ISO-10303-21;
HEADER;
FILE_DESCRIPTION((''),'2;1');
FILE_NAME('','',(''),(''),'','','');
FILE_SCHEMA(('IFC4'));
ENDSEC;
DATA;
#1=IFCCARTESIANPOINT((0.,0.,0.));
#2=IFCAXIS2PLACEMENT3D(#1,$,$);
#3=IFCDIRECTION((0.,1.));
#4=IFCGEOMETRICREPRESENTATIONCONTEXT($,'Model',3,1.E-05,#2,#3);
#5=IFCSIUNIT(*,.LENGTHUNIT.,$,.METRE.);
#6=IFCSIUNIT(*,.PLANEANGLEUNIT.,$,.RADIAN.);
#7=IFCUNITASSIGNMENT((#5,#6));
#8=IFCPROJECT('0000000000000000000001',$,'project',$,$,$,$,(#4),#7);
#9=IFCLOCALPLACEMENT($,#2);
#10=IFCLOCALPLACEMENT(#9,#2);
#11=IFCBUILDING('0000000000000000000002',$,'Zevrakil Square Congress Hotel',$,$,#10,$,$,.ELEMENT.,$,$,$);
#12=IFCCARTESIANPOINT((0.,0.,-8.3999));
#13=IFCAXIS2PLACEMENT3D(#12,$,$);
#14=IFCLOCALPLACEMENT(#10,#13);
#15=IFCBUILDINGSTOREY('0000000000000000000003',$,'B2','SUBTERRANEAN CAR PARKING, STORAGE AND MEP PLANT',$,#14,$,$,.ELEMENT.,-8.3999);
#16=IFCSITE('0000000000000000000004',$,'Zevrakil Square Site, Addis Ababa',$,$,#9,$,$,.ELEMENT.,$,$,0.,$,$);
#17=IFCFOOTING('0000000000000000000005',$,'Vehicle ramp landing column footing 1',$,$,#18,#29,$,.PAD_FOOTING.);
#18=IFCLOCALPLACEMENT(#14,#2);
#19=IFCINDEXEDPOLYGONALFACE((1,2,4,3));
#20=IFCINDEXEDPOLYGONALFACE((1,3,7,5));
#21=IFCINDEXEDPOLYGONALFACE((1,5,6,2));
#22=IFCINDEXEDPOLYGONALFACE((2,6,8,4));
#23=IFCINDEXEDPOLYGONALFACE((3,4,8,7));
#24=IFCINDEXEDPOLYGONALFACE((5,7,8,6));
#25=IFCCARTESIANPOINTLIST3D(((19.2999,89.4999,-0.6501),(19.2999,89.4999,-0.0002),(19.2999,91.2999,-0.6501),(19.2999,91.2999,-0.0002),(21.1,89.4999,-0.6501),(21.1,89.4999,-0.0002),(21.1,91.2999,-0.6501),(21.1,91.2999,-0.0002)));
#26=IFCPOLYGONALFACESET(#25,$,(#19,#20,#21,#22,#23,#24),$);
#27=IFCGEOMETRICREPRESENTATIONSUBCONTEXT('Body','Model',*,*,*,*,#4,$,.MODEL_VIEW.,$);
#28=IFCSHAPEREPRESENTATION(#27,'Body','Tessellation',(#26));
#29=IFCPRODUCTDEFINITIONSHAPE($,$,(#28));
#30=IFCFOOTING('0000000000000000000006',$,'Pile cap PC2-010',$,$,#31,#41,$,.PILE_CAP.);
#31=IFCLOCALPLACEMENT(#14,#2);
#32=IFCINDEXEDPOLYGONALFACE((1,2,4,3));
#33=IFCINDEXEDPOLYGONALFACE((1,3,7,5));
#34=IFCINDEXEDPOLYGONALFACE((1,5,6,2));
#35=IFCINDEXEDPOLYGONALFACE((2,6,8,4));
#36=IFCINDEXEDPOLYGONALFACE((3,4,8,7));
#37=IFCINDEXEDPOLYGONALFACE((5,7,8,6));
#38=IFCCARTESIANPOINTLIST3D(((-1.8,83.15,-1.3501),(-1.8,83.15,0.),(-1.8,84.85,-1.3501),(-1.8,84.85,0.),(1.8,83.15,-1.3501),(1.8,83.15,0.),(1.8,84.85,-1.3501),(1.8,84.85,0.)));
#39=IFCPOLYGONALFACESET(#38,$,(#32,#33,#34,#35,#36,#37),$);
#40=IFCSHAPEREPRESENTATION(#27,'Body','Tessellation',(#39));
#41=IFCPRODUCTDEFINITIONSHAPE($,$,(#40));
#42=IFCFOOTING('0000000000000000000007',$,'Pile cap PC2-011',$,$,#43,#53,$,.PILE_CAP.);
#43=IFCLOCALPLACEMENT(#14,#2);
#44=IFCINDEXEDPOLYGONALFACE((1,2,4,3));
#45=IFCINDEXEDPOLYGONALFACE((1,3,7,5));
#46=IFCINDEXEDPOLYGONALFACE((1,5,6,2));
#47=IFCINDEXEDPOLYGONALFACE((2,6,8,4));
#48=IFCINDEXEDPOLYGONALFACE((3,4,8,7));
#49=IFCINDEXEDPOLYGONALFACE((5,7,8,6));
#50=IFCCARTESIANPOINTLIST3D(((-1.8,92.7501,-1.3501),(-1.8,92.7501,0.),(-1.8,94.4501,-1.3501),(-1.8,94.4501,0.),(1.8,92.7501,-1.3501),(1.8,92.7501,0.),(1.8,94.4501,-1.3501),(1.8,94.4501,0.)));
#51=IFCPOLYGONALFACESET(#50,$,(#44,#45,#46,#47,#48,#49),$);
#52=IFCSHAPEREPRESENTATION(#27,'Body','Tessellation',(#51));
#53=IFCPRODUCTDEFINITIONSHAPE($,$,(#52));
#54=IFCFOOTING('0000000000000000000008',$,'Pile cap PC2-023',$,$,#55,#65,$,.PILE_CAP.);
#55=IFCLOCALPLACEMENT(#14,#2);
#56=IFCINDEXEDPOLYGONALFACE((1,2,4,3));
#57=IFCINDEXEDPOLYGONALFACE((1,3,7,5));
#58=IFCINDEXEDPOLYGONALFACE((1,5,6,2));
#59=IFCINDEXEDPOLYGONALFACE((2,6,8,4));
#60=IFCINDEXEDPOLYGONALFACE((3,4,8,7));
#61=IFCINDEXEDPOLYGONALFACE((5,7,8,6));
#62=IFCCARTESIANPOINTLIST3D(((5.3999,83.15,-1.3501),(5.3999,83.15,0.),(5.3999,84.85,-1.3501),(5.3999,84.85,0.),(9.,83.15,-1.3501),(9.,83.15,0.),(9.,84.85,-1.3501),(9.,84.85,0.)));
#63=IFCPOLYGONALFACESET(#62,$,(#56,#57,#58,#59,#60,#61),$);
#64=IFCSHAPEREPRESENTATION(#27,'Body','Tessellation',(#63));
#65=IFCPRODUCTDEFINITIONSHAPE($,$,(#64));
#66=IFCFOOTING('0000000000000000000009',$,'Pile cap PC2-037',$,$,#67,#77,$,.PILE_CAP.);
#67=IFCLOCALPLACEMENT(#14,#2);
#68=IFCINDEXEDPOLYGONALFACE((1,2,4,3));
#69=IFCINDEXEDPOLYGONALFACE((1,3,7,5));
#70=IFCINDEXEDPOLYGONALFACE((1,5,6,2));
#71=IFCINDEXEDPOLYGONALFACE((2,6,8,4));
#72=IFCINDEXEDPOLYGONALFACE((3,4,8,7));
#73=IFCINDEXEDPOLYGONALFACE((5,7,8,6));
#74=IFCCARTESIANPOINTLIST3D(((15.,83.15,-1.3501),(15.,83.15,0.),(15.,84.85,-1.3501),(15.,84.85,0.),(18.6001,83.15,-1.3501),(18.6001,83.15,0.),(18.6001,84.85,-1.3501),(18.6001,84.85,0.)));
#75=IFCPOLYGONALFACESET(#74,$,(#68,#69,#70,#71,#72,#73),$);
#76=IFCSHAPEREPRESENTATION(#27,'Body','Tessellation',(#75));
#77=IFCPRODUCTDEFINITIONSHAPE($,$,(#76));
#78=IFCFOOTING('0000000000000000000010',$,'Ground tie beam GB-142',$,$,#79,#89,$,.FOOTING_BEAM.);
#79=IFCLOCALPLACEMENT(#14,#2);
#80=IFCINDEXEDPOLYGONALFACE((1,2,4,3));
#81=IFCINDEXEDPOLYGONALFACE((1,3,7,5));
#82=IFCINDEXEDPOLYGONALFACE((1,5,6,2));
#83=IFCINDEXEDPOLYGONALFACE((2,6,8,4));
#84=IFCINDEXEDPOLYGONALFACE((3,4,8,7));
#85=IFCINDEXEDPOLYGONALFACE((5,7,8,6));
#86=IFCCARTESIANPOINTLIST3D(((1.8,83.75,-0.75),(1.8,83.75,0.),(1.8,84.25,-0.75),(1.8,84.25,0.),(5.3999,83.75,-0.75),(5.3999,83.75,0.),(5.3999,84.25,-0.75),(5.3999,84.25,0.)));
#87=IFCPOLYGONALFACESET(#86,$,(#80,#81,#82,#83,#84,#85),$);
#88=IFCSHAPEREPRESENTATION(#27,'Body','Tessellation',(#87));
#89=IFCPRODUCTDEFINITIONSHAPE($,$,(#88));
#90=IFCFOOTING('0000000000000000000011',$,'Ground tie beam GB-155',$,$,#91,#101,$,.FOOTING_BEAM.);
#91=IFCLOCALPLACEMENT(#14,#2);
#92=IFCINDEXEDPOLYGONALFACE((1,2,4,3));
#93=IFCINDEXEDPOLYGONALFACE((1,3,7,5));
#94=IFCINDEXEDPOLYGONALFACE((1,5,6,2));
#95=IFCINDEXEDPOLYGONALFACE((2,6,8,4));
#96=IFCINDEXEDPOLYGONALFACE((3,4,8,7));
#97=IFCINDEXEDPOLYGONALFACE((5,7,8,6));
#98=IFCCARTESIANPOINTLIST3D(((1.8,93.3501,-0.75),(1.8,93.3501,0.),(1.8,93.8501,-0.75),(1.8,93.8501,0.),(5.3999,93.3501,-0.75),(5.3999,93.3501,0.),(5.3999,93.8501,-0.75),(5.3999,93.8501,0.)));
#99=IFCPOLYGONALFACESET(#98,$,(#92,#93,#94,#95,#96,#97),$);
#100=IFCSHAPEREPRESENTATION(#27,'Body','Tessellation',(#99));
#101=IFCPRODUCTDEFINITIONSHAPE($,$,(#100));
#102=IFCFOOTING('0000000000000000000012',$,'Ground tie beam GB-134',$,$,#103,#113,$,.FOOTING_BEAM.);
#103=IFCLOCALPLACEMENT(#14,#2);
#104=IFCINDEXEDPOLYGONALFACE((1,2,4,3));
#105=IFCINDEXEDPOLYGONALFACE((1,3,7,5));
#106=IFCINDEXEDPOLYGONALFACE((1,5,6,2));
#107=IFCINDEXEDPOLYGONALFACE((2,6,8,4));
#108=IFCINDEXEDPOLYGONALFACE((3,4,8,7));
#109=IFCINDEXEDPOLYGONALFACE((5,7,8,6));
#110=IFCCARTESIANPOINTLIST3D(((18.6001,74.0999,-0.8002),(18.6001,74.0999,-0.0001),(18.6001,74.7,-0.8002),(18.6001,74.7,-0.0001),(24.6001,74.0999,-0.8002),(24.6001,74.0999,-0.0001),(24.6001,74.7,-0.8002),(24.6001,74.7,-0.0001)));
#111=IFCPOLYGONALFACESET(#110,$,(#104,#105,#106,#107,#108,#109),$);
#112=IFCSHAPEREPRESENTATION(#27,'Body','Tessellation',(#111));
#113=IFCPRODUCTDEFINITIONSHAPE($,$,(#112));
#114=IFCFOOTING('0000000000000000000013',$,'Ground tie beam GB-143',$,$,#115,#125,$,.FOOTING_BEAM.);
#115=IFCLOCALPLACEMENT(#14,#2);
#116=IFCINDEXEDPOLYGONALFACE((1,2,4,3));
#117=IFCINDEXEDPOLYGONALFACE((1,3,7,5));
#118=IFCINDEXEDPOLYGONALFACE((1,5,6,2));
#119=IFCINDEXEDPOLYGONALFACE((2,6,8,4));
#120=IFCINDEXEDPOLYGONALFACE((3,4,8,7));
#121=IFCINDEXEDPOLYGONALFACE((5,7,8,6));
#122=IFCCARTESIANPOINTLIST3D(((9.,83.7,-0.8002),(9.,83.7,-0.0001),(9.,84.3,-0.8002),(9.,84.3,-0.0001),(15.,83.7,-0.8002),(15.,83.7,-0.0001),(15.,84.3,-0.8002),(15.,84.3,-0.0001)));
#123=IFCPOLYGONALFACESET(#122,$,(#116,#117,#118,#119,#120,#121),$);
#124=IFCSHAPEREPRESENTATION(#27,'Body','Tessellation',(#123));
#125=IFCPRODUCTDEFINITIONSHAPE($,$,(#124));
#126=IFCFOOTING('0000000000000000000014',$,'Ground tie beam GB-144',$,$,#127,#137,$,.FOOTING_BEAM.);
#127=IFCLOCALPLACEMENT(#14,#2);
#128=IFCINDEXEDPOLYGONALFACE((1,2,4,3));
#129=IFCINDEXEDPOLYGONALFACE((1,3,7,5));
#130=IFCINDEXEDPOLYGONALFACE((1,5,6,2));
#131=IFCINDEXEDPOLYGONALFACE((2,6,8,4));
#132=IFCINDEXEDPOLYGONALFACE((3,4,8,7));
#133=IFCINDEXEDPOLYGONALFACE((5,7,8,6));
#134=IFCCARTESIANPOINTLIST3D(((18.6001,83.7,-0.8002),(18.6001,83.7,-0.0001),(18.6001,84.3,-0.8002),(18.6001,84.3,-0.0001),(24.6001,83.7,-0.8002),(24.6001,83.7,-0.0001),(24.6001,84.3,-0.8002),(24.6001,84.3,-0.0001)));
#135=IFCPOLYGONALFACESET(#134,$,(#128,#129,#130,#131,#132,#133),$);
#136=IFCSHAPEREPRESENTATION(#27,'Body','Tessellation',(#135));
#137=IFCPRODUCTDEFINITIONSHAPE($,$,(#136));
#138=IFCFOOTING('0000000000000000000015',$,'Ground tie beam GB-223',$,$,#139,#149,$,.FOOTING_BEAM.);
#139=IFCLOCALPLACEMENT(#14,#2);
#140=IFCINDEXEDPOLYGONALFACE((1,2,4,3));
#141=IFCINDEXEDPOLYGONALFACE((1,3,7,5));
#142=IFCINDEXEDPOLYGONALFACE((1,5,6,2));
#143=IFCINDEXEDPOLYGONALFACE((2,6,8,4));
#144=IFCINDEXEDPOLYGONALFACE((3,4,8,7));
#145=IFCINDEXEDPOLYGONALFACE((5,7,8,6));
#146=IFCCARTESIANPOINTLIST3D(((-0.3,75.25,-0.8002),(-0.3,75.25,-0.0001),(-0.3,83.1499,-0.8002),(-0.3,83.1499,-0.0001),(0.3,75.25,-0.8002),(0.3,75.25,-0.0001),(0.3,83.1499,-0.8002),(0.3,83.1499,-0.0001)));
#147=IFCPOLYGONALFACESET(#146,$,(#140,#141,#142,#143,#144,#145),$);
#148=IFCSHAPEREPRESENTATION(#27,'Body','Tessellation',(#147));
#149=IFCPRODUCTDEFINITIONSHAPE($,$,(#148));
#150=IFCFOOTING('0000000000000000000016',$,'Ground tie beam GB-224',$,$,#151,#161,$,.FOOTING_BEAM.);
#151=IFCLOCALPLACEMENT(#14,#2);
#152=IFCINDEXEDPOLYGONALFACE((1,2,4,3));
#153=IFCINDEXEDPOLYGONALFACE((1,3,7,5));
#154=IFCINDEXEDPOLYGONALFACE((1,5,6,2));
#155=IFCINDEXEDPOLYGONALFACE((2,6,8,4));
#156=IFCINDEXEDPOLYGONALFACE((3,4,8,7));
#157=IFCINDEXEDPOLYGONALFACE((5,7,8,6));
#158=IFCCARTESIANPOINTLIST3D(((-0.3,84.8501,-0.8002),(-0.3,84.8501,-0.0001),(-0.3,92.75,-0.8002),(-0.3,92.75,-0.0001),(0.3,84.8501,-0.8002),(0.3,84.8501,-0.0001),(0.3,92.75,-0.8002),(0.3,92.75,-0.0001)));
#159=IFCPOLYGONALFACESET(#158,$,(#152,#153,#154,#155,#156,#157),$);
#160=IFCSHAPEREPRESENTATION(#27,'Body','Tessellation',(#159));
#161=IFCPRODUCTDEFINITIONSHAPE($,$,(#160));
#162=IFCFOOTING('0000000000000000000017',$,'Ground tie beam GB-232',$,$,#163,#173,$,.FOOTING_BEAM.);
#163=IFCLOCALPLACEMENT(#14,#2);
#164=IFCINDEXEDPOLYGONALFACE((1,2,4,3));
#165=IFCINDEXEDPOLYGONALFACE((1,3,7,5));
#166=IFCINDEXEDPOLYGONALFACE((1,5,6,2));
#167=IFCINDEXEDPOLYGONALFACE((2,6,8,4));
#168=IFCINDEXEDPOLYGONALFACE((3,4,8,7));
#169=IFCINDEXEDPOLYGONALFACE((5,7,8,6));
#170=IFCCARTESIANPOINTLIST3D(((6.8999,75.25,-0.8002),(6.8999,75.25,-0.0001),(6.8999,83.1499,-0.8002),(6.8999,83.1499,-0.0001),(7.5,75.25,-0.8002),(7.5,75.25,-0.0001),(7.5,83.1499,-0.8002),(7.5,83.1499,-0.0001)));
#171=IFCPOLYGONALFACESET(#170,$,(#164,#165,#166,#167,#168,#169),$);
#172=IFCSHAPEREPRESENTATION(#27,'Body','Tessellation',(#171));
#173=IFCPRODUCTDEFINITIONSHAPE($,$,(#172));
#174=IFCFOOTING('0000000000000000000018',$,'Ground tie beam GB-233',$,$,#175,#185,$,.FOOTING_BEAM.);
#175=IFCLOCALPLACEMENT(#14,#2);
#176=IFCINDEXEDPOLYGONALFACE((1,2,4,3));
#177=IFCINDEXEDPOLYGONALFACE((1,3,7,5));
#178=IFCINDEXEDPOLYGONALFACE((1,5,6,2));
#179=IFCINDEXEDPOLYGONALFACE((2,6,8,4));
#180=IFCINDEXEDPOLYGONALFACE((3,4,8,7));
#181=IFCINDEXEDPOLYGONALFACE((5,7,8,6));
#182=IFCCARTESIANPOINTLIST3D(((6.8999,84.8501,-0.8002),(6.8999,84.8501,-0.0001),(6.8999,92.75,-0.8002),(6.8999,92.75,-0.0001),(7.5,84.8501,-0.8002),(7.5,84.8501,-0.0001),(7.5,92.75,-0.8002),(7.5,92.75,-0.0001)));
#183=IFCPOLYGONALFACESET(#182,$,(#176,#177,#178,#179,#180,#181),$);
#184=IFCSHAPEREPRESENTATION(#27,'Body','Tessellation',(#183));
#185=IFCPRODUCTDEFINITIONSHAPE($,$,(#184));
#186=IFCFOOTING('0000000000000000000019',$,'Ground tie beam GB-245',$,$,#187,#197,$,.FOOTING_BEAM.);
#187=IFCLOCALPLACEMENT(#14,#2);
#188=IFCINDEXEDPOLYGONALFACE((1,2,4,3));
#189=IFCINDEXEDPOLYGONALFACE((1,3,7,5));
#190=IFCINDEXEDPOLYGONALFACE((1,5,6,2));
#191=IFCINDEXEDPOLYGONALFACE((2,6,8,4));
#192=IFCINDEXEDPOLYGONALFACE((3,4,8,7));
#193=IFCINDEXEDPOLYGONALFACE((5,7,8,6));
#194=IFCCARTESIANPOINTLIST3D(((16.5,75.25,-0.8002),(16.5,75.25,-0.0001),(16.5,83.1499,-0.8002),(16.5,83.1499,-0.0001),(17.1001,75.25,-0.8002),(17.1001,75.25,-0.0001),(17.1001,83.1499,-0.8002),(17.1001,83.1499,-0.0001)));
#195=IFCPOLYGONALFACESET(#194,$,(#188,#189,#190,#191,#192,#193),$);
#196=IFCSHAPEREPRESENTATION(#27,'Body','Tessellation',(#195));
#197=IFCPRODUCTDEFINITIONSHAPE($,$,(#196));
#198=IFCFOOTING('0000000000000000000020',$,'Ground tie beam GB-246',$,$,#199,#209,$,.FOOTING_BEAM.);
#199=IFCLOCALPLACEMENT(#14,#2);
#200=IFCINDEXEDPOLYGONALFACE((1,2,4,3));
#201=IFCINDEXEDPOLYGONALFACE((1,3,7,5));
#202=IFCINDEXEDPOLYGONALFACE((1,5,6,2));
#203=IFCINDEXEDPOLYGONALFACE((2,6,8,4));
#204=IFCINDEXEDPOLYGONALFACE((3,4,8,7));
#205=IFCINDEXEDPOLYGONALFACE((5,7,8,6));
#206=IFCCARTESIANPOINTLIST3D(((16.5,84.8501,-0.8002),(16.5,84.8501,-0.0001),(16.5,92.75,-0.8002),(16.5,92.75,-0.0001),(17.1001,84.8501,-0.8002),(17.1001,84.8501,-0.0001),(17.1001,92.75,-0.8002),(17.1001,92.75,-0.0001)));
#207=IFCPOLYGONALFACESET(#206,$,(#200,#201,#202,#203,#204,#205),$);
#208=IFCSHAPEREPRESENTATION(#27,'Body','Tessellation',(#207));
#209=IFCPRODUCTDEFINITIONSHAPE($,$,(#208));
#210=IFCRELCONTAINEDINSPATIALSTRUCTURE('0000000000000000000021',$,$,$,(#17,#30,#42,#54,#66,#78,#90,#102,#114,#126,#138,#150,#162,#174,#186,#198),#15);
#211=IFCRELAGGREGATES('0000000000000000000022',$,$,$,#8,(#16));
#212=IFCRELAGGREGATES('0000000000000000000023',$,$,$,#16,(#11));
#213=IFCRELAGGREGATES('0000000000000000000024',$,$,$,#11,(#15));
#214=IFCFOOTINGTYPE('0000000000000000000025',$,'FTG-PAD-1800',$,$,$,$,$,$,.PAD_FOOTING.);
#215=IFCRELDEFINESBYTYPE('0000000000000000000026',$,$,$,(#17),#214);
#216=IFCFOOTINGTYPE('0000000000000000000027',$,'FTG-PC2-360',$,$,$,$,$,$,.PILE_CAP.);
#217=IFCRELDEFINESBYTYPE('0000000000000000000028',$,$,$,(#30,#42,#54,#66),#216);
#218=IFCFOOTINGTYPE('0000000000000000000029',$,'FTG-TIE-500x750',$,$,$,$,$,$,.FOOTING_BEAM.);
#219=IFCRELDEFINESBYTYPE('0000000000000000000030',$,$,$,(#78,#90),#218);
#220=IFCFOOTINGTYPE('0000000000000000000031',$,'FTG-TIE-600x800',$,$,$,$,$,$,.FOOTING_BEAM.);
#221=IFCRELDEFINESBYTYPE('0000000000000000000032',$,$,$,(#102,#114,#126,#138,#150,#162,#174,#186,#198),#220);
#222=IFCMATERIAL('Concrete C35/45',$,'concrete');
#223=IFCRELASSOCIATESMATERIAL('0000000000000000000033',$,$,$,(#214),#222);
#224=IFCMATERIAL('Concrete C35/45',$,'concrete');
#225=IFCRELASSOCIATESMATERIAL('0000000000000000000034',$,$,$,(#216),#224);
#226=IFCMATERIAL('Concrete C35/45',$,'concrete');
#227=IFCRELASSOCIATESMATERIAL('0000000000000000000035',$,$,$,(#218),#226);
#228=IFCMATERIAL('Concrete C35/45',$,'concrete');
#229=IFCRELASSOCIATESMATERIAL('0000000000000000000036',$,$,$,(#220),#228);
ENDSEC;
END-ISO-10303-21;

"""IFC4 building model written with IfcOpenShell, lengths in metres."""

from ifc_helpers import new_model, si_unit, direction, frame, origin, origin_2d, place, context, subcontext, project, spatial, rectangle, extrude, material, material_profile, profile_set, type_object, element, save


model = new_model("IFC4")

# Units and contexts
model_context = context("Model", 3, precision=1e-05, world=origin(), true_north=direction((0.0, 1.0)))
body_context = subcontext(model_context, "Body", "Model", "MODEL_VIEW")
ifc_project = project(units=[si_unit("LENGTHUNIT", "METRE"), si_unit("PLANEANGLEUNIT", "RADIAN")], contexts=[model_context])

# Site, building, storey
site_placement = place(None, origin())
site = spatial("IfcSite", under=ifc_project, at=site_placement, Name="Zevrakil Square Site, Addis Ababa", CompositionType="ELEMENT", RefElevation=0.0)
building_placement = place(site_placement, origin())
building = spatial("IfcBuilding", under=site, at=building_placement, Name="Zevrakil Square Congress Hotel", CompositionType="ELEMENT")
storey_placement = place(building_placement, frame((0.0, 0.0, -8.3999)))
storey = spatial("IfcBuildingStorey", under=building, at=storey_placement, Name="B2", Description="SUBTERRANEAN CAR PARKING, STORAGE AND MEP PLANT", CompositionType="ELEMENT", Elevation=-8.3999)

# Footings
ifc_material_1 = material(Name="Concrete C35/45", Category="concrete")
footing_type_1 = type_object("IfcFootingType", Name="FTG-PAD-1800", PredefinedType="PAD_FOOTING", material=ifc_material_1)
footing_placement = place(storey_placement, frame((20.2, 90.3999, -0.6501), z_axis=(0.0, 0.0, 1.0), x_axis=(1.0, 0.0, 0.0)))
element("IfcFooting", 1, at=footing_placement, inside=storey, type_object=footing_type_1, Name="Vehicle ramp landing column footing 1", PredefinedType="PAD_FOOTING", context=body_context, shape_type="SweptSolid", body=[
    extrude(rectangle(XDim=1.8, YDim=1.8, at=origin_2d()), origin(), (0.0, 0.0, 1.0), 0.6499),
])
ifc_material_2 = material(Name="Concrete C35/45", Category="concrete")
footing_type_2 = type_object("IfcFootingType", Name="FTG-PC2-360", PredefinedType="PILE_CAP", material=ifc_material_2)
for number, where, z_axis, x_axis, name in (
    (2, (0.0, 84.0, -1.3501), (0.0, 0.0, 1.0), (1.0, 0.0, 0.0), "Pile cap PC2-010"),
    (3, (0.0, 93.6001, -1.3501), (0.0, 0.0, 1.0), (1.0, 0.0, 0.0), "Pile cap PC2-011"),
    (4, (7.2, 84.0, -1.3501), (0.0, 0.0, 1.0), (1.0, 0.0, 0.0), "Pile cap PC2-023"),
    (5, (16.8, 84.0, -1.3501), (0.0, 0.0, 1.0), (1.0, 0.0, 0.0), "Pile cap PC2-037"),
):
    element("IfcFooting", number, at=place(storey_placement, frame(where, z_axis=z_axis, x_axis=x_axis)), inside=storey, type_object=footing_type_2, Name=name, PredefinedType="PILE_CAP", context=body_context, shape_type="SweptSolid", body=[
        extrude(rectangle(XDim=3.6001, YDim=1.7, at=origin_2d()), origin(), (0.0, 0.0, 1.0), 1.3501),
    ])
ifc_material_3 = material(Name="Concrete C35/45", Category="concrete")
ifc_material_profile_1 = material_profile(ifc_material_3, rectangle(XDim=0.5, YDim=0.75, at=origin_2d()), Name="RC 500x750")
ifc_profile_set_1 = profile_set([ifc_material_profile_1], Name="Concrete C35/45")
footing_type_3 = type_object("IfcFootingType", Name="FTG-TIE-500x750", PredefinedType="FOOTING_BEAM", material=ifc_profile_set_1)
for number, where, z_axis, x_axis, name in (
    (6, (1.8, 84.0, -0.375), (1.0, 0.0, 0.0), (0.0, 1.0, 0.0), "Ground tie beam GB-142"),
    (7, (1.8, 93.6001, -0.375), (1.0, 0.0, 0.0), (0.0, 1.0, 0.0), "Ground tie beam GB-155"),
):
    element("IfcFooting", number, at=place(storey_placement, frame(where, z_axis=z_axis, x_axis=x_axis)), inside=storey, type_object=footing_type_3, Name=name, PredefinedType="FOOTING_BEAM", context=body_context, shape_type="SweptSolid", body=[
        extrude(rectangle(XDim=0.5, YDim=0.75, at=origin_2d()), origin(), (0.0, 0.0, 1.0), 3.5999),
    ])
ifc_material_4 = material(Name="Concrete C35/45", Category="concrete")
ifc_material_profile_2 = material_profile(ifc_material_4, rectangle(XDim=0.6001, YDim=0.8, at=origin_2d()), Name="RC 600x800")
ifc_profile_set_2 = profile_set([ifc_material_profile_2], Name="Concrete C35/45")
footing_type_4 = type_object("IfcFootingType", Name="FTG-TIE-600x800", PredefinedType="FOOTING_BEAM", material=ifc_profile_set_2)
for number, where, z_axis, x_axis, name in (
    (8, (18.6001, 74.3999, -0.4001), (1.0, 0.0, 0.0), (0.0, 1.0, 0.0), "Ground tie beam GB-134"),
    (9, (9.0, 84.0, -0.4001), (1.0, 0.0, 0.0), (0.0, 1.0, 0.0), "Ground tie beam GB-143"),
    (10, (18.6001, 84.0, -0.4001), (1.0, 0.0, 0.0), (0.0, 1.0, 0.0), "Ground tie beam GB-144"),
):
    element("IfcFooting", number, at=place(storey_placement, frame(where, z_axis=z_axis, x_axis=x_axis)), inside=storey, type_object=footing_type_4, Name=name, PredefinedType="FOOTING_BEAM", context=body_context, shape_type="SweptSolid", body=[
        extrude(rectangle(XDim=0.6001, YDim=0.8, at=origin_2d()), origin(), (0.0, 0.0, 1.0), 6.0),
    ])
for number, where, z_axis, x_axis, name in (
    (11, (0.0, 75.25, -0.4001), (0.0, 1.0, 0.0), (-1.0, 0.0, 0.0), "Ground tie beam GB-223"),
    (12, (0.0, 84.8501, -0.4001), (0.0, 1.0, 0.0), (-1.0, 0.0, 0.0), "Ground tie beam GB-224"),
    (13, (7.2, 75.25, -0.4001), (0.0, 1.0, 0.0), (-1.0, 0.0, 0.0), "Ground tie beam GB-232"),
    (14, (7.2, 84.8501, -0.4001), (0.0, 1.0, 0.0), (-1.0, 0.0, 0.0), "Ground tie beam GB-233"),
    (15, (16.8, 75.25, -0.4001), (0.0, 1.0, 0.0), (-1.0, 0.0, 0.0), "Ground tie beam GB-245"),
    (16, (16.8, 84.8501, -0.4001), (0.0, 1.0, 0.0), (-1.0, 0.0, 0.0), "Ground tie beam GB-246"),
):
    element("IfcFooting", number, at=place(storey_placement, frame(where, z_axis=z_axis, x_axis=x_axis)), inside=storey, type_object=footing_type_4, Name=name, PredefinedType="FOOTING_BEAM", context=body_context, shape_type="SweptSolid", body=[
        extrude(rectangle(XDim=0.6001, YDim=0.8, at=origin_2d()), origin(), (0.0, 0.0, 1.0), 7.8999),
    ])

save(model, "model.ifc")
